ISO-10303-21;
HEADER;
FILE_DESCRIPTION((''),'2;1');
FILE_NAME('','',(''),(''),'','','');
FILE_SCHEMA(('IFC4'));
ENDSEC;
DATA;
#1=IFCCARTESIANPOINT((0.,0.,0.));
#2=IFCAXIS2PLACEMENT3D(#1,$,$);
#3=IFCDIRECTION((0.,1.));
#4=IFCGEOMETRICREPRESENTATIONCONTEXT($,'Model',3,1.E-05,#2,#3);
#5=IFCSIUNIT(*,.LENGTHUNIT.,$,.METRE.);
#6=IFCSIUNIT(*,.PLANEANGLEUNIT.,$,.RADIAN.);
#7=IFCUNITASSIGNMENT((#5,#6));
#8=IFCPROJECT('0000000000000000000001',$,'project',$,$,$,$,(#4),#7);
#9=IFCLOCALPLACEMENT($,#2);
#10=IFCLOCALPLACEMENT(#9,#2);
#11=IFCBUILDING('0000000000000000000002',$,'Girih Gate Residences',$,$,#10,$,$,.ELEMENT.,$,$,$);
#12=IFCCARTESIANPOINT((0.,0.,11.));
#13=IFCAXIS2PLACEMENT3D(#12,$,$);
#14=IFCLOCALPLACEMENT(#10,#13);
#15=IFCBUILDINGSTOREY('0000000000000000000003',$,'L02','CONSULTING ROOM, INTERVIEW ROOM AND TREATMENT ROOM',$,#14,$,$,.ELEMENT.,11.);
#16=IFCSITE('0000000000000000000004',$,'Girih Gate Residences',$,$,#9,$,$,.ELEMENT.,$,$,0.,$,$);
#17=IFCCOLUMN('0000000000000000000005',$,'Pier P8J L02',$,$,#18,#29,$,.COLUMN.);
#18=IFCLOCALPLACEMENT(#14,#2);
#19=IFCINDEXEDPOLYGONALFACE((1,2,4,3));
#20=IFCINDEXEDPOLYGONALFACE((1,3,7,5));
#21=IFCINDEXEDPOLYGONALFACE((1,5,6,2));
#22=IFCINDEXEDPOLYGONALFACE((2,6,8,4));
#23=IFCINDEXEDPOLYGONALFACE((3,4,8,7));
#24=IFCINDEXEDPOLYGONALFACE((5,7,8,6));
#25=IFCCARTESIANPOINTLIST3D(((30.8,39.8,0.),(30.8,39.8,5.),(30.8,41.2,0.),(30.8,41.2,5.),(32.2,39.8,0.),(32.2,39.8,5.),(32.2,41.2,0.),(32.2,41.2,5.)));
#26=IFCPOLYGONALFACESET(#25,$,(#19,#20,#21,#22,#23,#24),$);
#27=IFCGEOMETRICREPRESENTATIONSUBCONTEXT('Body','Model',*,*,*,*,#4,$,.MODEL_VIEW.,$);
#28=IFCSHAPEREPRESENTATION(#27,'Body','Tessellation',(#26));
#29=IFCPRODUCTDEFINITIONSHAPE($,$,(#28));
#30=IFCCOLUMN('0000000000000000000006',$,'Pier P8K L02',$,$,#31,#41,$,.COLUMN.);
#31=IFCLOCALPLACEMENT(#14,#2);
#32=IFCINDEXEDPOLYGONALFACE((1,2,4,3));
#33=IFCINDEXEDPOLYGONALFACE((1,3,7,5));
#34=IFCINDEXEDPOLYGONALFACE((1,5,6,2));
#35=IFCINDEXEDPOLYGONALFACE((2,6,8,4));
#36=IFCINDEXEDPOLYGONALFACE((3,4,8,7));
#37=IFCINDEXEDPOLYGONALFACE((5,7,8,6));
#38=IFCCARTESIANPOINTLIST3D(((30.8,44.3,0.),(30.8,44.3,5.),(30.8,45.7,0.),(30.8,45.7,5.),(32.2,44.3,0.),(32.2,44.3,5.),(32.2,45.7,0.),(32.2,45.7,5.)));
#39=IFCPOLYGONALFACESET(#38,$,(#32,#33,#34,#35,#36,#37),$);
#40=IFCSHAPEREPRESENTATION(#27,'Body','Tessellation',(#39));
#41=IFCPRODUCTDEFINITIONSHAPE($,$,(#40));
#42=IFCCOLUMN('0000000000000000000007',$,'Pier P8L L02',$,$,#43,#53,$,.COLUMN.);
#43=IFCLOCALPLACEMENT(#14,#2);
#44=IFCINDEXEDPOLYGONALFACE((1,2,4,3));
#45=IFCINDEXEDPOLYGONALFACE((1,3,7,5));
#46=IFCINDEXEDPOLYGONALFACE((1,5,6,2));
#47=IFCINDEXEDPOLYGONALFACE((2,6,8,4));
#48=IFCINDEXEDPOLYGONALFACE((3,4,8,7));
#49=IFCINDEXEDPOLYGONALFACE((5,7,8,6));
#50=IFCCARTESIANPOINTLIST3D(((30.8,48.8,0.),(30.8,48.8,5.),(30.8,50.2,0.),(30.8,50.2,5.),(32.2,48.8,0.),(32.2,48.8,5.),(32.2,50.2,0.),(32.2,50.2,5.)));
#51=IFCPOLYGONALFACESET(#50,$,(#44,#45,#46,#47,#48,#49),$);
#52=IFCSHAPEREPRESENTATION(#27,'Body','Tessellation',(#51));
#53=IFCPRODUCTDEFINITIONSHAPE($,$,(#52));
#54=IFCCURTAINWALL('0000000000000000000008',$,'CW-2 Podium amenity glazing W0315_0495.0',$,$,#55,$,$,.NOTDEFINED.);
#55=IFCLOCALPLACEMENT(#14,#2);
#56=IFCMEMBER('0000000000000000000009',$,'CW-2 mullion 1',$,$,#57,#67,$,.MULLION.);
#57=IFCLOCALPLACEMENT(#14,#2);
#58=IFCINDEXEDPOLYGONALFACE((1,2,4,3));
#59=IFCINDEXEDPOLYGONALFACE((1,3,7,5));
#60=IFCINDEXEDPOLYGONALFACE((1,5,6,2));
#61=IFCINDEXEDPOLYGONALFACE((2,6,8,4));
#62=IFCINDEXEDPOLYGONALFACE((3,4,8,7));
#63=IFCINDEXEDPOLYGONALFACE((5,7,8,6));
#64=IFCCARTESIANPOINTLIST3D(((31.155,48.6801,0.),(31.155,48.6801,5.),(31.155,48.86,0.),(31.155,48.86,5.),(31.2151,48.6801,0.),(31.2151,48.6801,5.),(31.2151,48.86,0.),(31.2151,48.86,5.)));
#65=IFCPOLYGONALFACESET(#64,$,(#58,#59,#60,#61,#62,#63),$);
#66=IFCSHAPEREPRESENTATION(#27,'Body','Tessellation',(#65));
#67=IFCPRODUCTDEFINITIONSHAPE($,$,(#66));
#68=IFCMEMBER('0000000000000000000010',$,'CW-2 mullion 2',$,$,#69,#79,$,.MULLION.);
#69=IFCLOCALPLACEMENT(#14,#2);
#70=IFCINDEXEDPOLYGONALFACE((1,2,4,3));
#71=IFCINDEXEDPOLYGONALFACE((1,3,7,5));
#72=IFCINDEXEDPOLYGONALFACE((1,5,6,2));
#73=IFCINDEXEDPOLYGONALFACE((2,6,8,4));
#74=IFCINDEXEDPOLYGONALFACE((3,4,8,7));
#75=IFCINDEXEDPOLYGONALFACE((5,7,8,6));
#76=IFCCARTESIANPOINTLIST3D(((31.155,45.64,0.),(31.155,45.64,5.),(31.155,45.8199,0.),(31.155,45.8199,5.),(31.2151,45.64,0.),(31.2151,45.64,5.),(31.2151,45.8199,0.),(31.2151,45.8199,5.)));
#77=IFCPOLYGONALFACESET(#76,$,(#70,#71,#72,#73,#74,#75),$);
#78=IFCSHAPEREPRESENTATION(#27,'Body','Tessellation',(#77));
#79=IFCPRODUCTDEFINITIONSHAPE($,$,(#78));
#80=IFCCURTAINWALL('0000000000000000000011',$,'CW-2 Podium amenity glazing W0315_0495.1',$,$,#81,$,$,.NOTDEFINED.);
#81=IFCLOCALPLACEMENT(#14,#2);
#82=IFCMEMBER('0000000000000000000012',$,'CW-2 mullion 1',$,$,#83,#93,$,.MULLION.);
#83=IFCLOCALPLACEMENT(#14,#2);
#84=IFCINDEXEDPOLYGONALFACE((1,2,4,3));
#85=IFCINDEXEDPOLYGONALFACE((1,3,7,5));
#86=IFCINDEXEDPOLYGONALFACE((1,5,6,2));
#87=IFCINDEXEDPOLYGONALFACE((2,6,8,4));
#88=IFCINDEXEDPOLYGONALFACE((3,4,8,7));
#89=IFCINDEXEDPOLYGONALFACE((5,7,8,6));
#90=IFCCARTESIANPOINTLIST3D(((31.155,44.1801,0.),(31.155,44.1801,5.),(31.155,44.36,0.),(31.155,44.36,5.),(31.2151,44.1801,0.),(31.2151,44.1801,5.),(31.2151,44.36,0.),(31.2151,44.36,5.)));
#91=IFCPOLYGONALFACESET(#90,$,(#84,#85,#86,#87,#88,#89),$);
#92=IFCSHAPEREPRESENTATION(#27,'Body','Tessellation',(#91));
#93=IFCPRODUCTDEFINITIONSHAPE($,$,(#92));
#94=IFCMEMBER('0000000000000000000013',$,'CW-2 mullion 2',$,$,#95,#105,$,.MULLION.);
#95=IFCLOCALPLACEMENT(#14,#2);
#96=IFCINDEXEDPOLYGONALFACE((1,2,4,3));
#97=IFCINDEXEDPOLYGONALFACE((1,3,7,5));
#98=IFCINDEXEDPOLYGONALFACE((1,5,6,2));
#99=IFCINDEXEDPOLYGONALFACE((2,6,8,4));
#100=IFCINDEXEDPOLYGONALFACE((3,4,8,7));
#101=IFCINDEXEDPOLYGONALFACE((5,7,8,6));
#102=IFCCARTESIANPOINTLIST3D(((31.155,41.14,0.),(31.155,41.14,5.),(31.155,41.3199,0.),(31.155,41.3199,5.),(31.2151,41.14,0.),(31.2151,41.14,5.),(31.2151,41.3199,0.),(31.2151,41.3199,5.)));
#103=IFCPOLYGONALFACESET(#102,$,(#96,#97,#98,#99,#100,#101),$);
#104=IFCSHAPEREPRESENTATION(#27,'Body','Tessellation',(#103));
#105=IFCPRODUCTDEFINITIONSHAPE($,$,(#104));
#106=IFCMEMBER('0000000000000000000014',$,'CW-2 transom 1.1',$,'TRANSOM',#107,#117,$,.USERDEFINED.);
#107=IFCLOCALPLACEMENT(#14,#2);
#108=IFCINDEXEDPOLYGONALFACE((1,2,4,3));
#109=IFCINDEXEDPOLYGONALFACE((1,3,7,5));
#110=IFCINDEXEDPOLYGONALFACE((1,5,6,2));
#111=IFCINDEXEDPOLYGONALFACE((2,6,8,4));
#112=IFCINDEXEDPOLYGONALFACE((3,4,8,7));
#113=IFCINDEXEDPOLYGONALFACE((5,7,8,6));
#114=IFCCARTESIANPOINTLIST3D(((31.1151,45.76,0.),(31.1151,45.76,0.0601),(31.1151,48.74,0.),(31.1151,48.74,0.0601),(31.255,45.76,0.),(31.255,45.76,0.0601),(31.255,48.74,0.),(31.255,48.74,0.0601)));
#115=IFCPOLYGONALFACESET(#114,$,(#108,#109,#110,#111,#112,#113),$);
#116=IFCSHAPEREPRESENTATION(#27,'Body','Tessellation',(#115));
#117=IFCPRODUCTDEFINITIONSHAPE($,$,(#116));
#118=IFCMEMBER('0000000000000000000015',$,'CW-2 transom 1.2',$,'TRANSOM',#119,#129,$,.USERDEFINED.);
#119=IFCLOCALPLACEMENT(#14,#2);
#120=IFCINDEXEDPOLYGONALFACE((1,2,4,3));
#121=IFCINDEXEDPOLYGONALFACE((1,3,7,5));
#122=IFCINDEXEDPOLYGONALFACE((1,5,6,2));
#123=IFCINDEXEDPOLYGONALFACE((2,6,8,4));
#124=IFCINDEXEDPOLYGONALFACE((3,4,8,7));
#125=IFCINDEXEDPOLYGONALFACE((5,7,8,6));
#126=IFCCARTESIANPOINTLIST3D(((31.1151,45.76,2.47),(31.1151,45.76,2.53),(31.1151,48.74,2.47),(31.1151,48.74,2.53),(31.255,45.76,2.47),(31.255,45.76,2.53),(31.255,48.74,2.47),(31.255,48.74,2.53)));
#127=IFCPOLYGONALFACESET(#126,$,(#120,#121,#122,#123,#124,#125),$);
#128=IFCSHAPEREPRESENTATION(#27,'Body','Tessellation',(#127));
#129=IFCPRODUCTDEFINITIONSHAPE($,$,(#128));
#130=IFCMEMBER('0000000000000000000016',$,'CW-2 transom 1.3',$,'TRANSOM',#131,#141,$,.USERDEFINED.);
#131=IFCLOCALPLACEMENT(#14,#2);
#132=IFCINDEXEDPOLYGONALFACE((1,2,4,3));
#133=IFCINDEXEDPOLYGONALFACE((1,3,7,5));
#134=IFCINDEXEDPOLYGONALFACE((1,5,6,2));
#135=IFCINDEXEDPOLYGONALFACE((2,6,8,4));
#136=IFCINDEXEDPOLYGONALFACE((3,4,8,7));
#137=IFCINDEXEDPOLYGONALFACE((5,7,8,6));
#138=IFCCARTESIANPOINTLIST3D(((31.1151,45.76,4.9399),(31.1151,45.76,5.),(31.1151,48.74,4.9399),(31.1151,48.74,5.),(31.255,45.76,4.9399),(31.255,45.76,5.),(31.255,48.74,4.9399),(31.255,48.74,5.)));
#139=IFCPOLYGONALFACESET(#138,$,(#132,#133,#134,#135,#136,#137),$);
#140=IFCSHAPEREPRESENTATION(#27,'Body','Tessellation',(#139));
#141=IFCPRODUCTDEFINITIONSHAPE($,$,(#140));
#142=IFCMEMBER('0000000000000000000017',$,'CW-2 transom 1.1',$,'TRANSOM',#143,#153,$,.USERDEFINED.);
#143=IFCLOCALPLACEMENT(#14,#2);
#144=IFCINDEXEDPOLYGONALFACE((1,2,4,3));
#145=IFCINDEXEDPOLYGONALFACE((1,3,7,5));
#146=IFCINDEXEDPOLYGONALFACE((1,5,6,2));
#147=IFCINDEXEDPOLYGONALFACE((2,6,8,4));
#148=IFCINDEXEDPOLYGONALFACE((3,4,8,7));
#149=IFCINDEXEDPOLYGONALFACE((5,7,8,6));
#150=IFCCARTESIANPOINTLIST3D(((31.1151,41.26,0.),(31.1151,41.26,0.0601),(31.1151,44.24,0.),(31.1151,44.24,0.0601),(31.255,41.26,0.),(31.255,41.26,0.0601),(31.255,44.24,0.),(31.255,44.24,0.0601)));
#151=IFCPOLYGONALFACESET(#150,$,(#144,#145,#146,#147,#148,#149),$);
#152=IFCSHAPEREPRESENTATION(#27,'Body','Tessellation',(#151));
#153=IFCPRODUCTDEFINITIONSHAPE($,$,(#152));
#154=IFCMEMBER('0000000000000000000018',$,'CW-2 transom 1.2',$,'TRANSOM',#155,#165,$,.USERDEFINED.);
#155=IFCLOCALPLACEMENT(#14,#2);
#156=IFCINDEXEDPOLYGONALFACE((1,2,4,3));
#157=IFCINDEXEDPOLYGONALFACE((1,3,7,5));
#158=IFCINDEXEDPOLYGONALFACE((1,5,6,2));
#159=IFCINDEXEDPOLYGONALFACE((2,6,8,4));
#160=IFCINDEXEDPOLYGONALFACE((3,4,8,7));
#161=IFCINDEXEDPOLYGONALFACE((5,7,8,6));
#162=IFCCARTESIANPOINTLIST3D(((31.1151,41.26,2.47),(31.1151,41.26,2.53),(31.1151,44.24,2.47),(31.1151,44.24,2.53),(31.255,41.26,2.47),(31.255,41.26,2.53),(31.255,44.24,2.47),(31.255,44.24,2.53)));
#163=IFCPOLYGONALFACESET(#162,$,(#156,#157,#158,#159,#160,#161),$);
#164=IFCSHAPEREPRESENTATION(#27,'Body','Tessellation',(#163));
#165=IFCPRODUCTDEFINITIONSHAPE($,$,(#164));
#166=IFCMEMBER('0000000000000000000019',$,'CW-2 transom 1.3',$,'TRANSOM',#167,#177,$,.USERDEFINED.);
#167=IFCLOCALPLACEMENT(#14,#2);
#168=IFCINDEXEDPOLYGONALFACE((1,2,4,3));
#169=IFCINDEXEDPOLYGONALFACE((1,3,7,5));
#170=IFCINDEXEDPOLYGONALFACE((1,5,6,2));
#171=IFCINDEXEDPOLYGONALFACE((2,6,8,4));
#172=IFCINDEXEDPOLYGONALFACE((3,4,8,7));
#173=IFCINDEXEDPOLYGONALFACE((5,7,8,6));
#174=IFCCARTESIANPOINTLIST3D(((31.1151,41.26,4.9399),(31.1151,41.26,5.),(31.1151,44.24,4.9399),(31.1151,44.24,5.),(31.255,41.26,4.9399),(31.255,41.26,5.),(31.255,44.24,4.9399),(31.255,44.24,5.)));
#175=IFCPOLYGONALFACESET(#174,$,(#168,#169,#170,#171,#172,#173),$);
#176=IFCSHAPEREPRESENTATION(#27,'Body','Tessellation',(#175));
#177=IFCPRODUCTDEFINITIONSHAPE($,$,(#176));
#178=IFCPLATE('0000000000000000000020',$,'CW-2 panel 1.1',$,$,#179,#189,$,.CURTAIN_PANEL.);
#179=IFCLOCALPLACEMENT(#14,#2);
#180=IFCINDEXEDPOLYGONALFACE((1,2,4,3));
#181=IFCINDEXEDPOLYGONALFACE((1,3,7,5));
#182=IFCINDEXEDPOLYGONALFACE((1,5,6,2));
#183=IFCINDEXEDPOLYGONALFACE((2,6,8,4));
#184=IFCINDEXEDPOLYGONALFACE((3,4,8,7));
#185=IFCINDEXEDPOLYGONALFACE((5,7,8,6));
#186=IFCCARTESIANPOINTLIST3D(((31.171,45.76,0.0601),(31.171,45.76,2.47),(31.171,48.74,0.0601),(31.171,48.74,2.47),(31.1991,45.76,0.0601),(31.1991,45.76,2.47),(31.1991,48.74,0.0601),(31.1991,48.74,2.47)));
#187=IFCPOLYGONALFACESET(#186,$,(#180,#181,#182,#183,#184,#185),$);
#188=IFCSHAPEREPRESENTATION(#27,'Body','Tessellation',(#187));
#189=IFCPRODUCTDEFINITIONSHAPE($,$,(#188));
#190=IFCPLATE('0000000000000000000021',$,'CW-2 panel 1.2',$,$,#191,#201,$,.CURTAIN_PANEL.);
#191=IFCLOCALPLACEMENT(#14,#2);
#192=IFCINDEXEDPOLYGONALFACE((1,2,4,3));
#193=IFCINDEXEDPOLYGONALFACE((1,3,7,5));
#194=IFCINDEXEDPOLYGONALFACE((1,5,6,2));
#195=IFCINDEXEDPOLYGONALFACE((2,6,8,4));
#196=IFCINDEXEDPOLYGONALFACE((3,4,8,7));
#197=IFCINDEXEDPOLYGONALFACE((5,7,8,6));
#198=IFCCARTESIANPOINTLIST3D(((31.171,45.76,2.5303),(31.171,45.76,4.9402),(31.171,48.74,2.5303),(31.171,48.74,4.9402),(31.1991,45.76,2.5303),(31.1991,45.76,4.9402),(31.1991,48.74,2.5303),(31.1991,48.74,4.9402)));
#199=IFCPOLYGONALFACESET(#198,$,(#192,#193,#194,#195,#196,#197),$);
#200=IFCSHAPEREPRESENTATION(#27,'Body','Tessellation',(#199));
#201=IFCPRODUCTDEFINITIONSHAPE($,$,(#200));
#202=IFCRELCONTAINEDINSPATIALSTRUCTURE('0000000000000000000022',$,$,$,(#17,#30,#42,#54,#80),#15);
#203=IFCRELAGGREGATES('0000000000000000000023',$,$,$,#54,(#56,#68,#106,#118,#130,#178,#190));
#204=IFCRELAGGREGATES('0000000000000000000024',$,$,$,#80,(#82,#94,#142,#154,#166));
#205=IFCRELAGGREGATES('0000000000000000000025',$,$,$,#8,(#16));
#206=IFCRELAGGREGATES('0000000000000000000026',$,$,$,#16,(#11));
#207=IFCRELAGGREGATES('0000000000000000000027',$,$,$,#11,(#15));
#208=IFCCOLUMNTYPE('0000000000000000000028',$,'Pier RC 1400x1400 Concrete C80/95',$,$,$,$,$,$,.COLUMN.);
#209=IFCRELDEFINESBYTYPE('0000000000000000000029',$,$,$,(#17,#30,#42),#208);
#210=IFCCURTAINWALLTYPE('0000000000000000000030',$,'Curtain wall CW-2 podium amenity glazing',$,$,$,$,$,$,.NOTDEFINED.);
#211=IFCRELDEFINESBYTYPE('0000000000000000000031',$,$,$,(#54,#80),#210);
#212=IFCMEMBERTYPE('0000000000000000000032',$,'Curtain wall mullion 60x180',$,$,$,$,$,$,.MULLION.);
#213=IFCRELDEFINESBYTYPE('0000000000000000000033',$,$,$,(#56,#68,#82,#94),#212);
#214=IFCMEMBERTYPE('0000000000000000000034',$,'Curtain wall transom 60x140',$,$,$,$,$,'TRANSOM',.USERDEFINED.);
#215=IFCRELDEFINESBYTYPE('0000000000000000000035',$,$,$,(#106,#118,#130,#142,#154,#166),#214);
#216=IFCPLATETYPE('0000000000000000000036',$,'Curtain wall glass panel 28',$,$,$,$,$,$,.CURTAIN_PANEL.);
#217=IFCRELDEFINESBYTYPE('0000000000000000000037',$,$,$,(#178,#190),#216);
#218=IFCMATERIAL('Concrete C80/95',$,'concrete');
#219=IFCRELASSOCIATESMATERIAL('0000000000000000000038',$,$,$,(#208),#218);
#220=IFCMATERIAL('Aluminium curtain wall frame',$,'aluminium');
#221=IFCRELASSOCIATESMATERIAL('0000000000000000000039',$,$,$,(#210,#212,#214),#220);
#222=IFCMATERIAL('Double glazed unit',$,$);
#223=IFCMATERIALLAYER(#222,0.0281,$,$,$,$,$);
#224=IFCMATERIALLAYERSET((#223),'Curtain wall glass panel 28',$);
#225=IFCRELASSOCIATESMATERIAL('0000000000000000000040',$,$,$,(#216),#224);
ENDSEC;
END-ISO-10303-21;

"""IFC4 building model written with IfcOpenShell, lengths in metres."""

from ifc_helpers import new_model, si_unit, direction, frame, origin, origin_2d, place, context, subcontext, project, spatial, rectangle, extrude, material, layer, layer_set, material_profile, profile_set, type_object, element, aggregate, save


model = new_model("IFC4")

# Units and contexts
model_context = context("Model", 3, precision=1e-05, world=origin(), true_north=direction((0.0, 1.0)))
body_context = subcontext(model_context, "Body", "Model", "MODEL_VIEW")
ifc_project = project(units=[si_unit("LENGTHUNIT", "METRE"), si_unit("PLANEANGLEUNIT", "RADIAN")], contexts=[model_context])

# Site, building, storey
site_placement = place(None, origin())
site = spatial("IfcSite", under=ifc_project, at=site_placement, Name="Girih Gate Residences", CompositionType="ELEMENT", RefElevation=0.0)
building_placement = place(site_placement, origin())
building = spatial("IfcBuilding", under=site, at=building_placement, Name="Girih Gate Residences", CompositionType="ELEMENT")
storey_placement = place(building_placement, frame((0.0, 0.0, 11.0)))
storey = spatial("IfcBuildingStorey", under=building, at=storey_placement, Name="L02", Description="CONSULTING ROOM, INTERVIEW ROOM AND TREATMENT ROOM", CompositionType="ELEMENT", Elevation=11.0)

# Columns
ifc_material_1 = material(Name="Concrete C80/95", Category="concrete")
ifc_material_profile_1 = material_profile(ifc_material_1, rectangle(XDim=1.3999, YDim=1.3999, at=origin_2d()))
ifc_profile_set_1 = profile_set([ifc_material_profile_1], Name="Concrete C80/95")
column_type = type_object("IfcColumnType", Name="Pier RC 1400x1400 Concrete C80/95", PredefinedType="COLUMN", material=ifc_profile_set_1)
for number, where, z_axis, x_axis, name in (
    (1, (31.5, 40.5, 0.0), (0.0, 0.0, 1.0), (1.0, 0.0, 0.0), "Pier P8J L02"),
    (2, (31.5, 45.0, 0.0), (0.0, 0.0, 1.0), (1.0, 0.0, 0.0), "Pier P8K L02"),
    (3, (31.5, 49.5, 0.0), (0.0, 0.0, 1.0), (1.0, 0.0, 0.0), "Pier P8L L02"),
):
    element("IfcColumn", number, at=place(storey_placement, frame(where, z_axis=z_axis, x_axis=x_axis)), inside=storey, type_object=column_type, Name=name, PredefinedType="COLUMN", context=body_context, shape_type="SweptSolid", body=[
        extrude(rectangle(XDim=1.3999, YDim=1.3999, at=origin_2d()), origin(), (0.0, 0.0, 1.0), 5.0),
    ])

# Curtain walls, members
ifc_material_2 = material(Name="Aluminium curtain wall frame", Category="aluminium")
curtain_wall_type = type_object("IfcCurtainWallType", Name="Curtain wall CW-2 podium amenity glazing", PredefinedType="NOTDEFINED", material=ifc_material_2)
curtain_wall_1_placement = place(storey_placement, origin())
curtain_wall_1 = element("IfcCurtainWall", 4, at=curtain_wall_1_placement, inside=storey, type_object=curtain_wall_type, Name="CW-2 Podium amenity glazing W0315_0495.0", PredefinedType="NOTDEFINED")
ifc_material_profile_2 = material_profile(ifc_material_2, rectangle(XDim=0.0601, YDim=0.1799, at=origin_2d()))
ifc_profile_set_2 = profile_set([ifc_material_profile_2], Name="Aluminium curtain wall frame")
member_type_1 = type_object("IfcMemberType", Name="Curtain wall mullion 60x180", PredefinedType="MULLION", material=ifc_profile_set_2)
member_1_placement = place(storey_placement, frame((31.1851, 48.77, 0.0), z_axis=(0.0, 0.0, 1.0), x_axis=(1.0, 0.0, 0.0)))
member_1 = element("IfcMember", 5, at=member_1_placement, type_object=member_type_1, Name="CW-2 mullion 1", PredefinedType="MULLION", context=body_context, shape_type="SweptSolid", body=[
    extrude(rectangle(XDim=0.0601, YDim=0.1799, at=origin_2d()), origin(), (0.0, 0.0, 1.0), 5.0),
])
member_2_placement = place(storey_placement, frame((31.1851, 45.73, 0.0), z_axis=(0.0, 0.0, 1.0), x_axis=(1.0, 0.0, 0.0)))
member_2 = element("IfcMember", 6, at=member_2_placement, type_object=member_type_1, Name="CW-2 mullion 2", PredefinedType="MULLION", context=body_context, shape_type="SweptSolid", body=[
    extrude(rectangle(XDim=0.0601, YDim=0.1799, at=origin_2d()), origin(), (0.0, 0.0, 1.0), 5.0),
])
curtain_wall_2_placement = place(storey_placement, origin())
curtain_wall_2 = element("IfcCurtainWall", 7, at=curtain_wall_2_placement, inside=storey, type_object=curtain_wall_type, Name="CW-2 Podium amenity glazing W0315_0495.1", PredefinedType="NOTDEFINED")
member_3_placement = place(storey_placement, frame((31.1851, 44.27, 0.0), z_axis=(0.0, 0.0, 1.0), x_axis=(1.0, 0.0, 0.0)))
member_3 = element("IfcMember", 8, at=member_3_placement, type_object=member_type_1, Name="CW-2 mullion 1", PredefinedType="MULLION", context=body_context, shape_type="SweptSolid", body=[
    extrude(rectangle(XDim=0.0601, YDim=0.1799, at=origin_2d()), origin(), (0.0, 0.0, 1.0), 5.0),
])
member_4_placement = place(storey_placement, frame((31.1851, 41.23, 0.0), z_axis=(0.0, 0.0, 1.0), x_axis=(1.0, 0.0, 0.0)))
member_4 = element("IfcMember", 9, at=member_4_placement, type_object=member_type_1, Name="CW-2 mullion 2", PredefinedType="MULLION", context=body_context, shape_type="SweptSolid", body=[
    extrude(rectangle(XDim=0.0601, YDim=0.1799, at=origin_2d()), origin(), (0.0, 0.0, 1.0), 5.0),
])

# Members
ifc_material_profile_3 = material_profile(ifc_material_2, rectangle(XDim=0.1399, YDim=0.0601, at=origin_2d()))
ifc_profile_set_3 = profile_set([ifc_material_profile_3], Name="Aluminium curtain wall frame")
member_type_2 = type_object("IfcMemberType", Name="Curtain wall transom 60x140", ElementType="TRANSOM", PredefinedType="USERDEFINED", material=ifc_profile_set_3)
member_5_placement = place(storey_placement, frame((31.1851, 48.74, 0.03), z_axis=(0.0, -1.0, 0.0), x_axis=(1.0, 0.0, 0.0)))
member_5 = element("IfcMember", 10, at=member_5_placement, type_object=member_type_2, Name="CW-2 transom 1.1", ObjectType="TRANSOM", PredefinedType="USERDEFINED", context=body_context, shape_type="SweptSolid", body=[
    extrude(rectangle(XDim=0.1399, YDim=0.0601, at=origin_2d()), origin(), (0.0, 0.0, 1.0), 2.98),
])
member_6_placement = place(storey_placement, frame((31.1851, 48.74, 2.5), z_axis=(0.0, -1.0, 0.0), x_axis=(1.0, 0.0, 0.0)))
member_6 = element("IfcMember", 11, at=member_6_placement, type_object=member_type_2, Name="CW-2 transom 1.2", ObjectType="TRANSOM", PredefinedType="USERDEFINED", context=body_context, shape_type="SweptSolid", body=[
    extrude(rectangle(XDim=0.1399, YDim=0.0601, at=origin_2d()), origin(), (0.0, 0.0, 1.0), 2.98),
])
member_7_placement = place(storey_placement, frame((31.1851, 48.74, 4.97), z_axis=(0.0, -1.0, 0.0), x_axis=(1.0, 0.0, 0.0)))
member_7 = element("IfcMember", 12, at=member_7_placement, type_object=member_type_2, Name="CW-2 transom 1.3", ObjectType="TRANSOM", PredefinedType="USERDEFINED", context=body_context, shape_type="SweptSolid", body=[
    extrude(rectangle(XDim=0.1399, YDim=0.0601, at=origin_2d()), origin(), (0.0, 0.0, 1.0), 2.98),
])
member_8_placement = place(storey_placement, frame((31.1851, 44.24, 0.03), z_axis=(0.0, -1.0, 0.0), x_axis=(1.0, 0.0, 0.0)))
member_8 = element("IfcMember", 13, at=member_8_placement, type_object=member_type_2, Name="CW-2 transom 1.1", ObjectType="TRANSOM", PredefinedType="USERDEFINED", context=body_context, shape_type="SweptSolid", body=[
    extrude(rectangle(XDim=0.1399, YDim=0.0601, at=origin_2d()), origin(), (0.0, 0.0, 1.0), 2.98),
])
member_9_placement = place(storey_placement, frame((31.1851, 44.24, 2.5), z_axis=(0.0, -1.0, 0.0), x_axis=(1.0, 0.0, 0.0)))
member_9 = element("IfcMember", 14, at=member_9_placement, type_object=member_type_2, Name="CW-2 transom 1.2", ObjectType="TRANSOM", PredefinedType="USERDEFINED", context=body_context, shape_type="SweptSolid", body=[
    extrude(rectangle(XDim=0.1399, YDim=0.0601, at=origin_2d()), origin(), (0.0, 0.0, 1.0), 2.98),
])
member_10_placement = place(storey_placement, frame((31.1851, 44.24, 4.97), z_axis=(0.0, -1.0, 0.0), x_axis=(1.0, 0.0, 0.0)))
member_10 = element("IfcMember", 15, at=member_10_placement, type_object=member_type_2, Name="CW-2 transom 1.3", ObjectType="TRANSOM", PredefinedType="USERDEFINED", context=body_context, shape_type="SweptSolid", body=[
    extrude(rectangle(XDim=0.1399, YDim=0.0601, at=origin_2d()), origin(), (0.0, 0.0, 1.0), 2.98),
])

# Plates
ifc_material_3 = material(Name="Double glazed unit")
ifc_layer_1 = layer(ifc_material_3, 0.0281)
ifc_layer_set_1 = layer_set([ifc_layer_1], Name="Curtain wall glass panel 28")
plate_type = type_object("IfcPlateType", Name="Curtain wall glass panel 28", PredefinedType="CURTAIN_PANEL", material=ifc_layer_set_1)
plate_1_placement = place(storey_placement, frame((31.1851, 47.25, 0.0601), z_axis=(0.0, 0.0, 1.0), x_axis=(0.0, -1.0, 0.0)))
plate_1 = element("IfcPlate", 16, at=plate_1_placement, type_object=plate_type, Name="CW-2 panel 1.1", PredefinedType="CURTAIN_PANEL", context=body_context, shape_type="SweptSolid", body=[
    extrude(rectangle(XDim=2.98, YDim=0.0281, at=origin_2d()), origin(), (0.0, 0.0, 1.0), 2.4099),
])
plate_2_placement = place(storey_placement, frame((31.1851, 47.25, 2.5303), z_axis=(0.0, 0.0, 1.0), x_axis=(0.0, -1.0, 0.0)))
plate_2 = element("IfcPlate", 17, at=plate_2_placement, type_object=plate_type, Name="CW-2 panel 1.2", PredefinedType="CURTAIN_PANEL", context=body_context, shape_type="SweptSolid", body=[
    extrude(rectangle(XDim=2.98, YDim=0.0281, at=origin_2d()), origin(), (0.0, 0.0, 1.0), 2.4099),
])
aggregate(curtain_wall_1, [member_1, member_2, member_5, member_6, member_7, plate_1, plate_2])
aggregate(curtain_wall_2, [member_3, member_4, member_8, member_9, member_10])

save(model, "model.ifc")
